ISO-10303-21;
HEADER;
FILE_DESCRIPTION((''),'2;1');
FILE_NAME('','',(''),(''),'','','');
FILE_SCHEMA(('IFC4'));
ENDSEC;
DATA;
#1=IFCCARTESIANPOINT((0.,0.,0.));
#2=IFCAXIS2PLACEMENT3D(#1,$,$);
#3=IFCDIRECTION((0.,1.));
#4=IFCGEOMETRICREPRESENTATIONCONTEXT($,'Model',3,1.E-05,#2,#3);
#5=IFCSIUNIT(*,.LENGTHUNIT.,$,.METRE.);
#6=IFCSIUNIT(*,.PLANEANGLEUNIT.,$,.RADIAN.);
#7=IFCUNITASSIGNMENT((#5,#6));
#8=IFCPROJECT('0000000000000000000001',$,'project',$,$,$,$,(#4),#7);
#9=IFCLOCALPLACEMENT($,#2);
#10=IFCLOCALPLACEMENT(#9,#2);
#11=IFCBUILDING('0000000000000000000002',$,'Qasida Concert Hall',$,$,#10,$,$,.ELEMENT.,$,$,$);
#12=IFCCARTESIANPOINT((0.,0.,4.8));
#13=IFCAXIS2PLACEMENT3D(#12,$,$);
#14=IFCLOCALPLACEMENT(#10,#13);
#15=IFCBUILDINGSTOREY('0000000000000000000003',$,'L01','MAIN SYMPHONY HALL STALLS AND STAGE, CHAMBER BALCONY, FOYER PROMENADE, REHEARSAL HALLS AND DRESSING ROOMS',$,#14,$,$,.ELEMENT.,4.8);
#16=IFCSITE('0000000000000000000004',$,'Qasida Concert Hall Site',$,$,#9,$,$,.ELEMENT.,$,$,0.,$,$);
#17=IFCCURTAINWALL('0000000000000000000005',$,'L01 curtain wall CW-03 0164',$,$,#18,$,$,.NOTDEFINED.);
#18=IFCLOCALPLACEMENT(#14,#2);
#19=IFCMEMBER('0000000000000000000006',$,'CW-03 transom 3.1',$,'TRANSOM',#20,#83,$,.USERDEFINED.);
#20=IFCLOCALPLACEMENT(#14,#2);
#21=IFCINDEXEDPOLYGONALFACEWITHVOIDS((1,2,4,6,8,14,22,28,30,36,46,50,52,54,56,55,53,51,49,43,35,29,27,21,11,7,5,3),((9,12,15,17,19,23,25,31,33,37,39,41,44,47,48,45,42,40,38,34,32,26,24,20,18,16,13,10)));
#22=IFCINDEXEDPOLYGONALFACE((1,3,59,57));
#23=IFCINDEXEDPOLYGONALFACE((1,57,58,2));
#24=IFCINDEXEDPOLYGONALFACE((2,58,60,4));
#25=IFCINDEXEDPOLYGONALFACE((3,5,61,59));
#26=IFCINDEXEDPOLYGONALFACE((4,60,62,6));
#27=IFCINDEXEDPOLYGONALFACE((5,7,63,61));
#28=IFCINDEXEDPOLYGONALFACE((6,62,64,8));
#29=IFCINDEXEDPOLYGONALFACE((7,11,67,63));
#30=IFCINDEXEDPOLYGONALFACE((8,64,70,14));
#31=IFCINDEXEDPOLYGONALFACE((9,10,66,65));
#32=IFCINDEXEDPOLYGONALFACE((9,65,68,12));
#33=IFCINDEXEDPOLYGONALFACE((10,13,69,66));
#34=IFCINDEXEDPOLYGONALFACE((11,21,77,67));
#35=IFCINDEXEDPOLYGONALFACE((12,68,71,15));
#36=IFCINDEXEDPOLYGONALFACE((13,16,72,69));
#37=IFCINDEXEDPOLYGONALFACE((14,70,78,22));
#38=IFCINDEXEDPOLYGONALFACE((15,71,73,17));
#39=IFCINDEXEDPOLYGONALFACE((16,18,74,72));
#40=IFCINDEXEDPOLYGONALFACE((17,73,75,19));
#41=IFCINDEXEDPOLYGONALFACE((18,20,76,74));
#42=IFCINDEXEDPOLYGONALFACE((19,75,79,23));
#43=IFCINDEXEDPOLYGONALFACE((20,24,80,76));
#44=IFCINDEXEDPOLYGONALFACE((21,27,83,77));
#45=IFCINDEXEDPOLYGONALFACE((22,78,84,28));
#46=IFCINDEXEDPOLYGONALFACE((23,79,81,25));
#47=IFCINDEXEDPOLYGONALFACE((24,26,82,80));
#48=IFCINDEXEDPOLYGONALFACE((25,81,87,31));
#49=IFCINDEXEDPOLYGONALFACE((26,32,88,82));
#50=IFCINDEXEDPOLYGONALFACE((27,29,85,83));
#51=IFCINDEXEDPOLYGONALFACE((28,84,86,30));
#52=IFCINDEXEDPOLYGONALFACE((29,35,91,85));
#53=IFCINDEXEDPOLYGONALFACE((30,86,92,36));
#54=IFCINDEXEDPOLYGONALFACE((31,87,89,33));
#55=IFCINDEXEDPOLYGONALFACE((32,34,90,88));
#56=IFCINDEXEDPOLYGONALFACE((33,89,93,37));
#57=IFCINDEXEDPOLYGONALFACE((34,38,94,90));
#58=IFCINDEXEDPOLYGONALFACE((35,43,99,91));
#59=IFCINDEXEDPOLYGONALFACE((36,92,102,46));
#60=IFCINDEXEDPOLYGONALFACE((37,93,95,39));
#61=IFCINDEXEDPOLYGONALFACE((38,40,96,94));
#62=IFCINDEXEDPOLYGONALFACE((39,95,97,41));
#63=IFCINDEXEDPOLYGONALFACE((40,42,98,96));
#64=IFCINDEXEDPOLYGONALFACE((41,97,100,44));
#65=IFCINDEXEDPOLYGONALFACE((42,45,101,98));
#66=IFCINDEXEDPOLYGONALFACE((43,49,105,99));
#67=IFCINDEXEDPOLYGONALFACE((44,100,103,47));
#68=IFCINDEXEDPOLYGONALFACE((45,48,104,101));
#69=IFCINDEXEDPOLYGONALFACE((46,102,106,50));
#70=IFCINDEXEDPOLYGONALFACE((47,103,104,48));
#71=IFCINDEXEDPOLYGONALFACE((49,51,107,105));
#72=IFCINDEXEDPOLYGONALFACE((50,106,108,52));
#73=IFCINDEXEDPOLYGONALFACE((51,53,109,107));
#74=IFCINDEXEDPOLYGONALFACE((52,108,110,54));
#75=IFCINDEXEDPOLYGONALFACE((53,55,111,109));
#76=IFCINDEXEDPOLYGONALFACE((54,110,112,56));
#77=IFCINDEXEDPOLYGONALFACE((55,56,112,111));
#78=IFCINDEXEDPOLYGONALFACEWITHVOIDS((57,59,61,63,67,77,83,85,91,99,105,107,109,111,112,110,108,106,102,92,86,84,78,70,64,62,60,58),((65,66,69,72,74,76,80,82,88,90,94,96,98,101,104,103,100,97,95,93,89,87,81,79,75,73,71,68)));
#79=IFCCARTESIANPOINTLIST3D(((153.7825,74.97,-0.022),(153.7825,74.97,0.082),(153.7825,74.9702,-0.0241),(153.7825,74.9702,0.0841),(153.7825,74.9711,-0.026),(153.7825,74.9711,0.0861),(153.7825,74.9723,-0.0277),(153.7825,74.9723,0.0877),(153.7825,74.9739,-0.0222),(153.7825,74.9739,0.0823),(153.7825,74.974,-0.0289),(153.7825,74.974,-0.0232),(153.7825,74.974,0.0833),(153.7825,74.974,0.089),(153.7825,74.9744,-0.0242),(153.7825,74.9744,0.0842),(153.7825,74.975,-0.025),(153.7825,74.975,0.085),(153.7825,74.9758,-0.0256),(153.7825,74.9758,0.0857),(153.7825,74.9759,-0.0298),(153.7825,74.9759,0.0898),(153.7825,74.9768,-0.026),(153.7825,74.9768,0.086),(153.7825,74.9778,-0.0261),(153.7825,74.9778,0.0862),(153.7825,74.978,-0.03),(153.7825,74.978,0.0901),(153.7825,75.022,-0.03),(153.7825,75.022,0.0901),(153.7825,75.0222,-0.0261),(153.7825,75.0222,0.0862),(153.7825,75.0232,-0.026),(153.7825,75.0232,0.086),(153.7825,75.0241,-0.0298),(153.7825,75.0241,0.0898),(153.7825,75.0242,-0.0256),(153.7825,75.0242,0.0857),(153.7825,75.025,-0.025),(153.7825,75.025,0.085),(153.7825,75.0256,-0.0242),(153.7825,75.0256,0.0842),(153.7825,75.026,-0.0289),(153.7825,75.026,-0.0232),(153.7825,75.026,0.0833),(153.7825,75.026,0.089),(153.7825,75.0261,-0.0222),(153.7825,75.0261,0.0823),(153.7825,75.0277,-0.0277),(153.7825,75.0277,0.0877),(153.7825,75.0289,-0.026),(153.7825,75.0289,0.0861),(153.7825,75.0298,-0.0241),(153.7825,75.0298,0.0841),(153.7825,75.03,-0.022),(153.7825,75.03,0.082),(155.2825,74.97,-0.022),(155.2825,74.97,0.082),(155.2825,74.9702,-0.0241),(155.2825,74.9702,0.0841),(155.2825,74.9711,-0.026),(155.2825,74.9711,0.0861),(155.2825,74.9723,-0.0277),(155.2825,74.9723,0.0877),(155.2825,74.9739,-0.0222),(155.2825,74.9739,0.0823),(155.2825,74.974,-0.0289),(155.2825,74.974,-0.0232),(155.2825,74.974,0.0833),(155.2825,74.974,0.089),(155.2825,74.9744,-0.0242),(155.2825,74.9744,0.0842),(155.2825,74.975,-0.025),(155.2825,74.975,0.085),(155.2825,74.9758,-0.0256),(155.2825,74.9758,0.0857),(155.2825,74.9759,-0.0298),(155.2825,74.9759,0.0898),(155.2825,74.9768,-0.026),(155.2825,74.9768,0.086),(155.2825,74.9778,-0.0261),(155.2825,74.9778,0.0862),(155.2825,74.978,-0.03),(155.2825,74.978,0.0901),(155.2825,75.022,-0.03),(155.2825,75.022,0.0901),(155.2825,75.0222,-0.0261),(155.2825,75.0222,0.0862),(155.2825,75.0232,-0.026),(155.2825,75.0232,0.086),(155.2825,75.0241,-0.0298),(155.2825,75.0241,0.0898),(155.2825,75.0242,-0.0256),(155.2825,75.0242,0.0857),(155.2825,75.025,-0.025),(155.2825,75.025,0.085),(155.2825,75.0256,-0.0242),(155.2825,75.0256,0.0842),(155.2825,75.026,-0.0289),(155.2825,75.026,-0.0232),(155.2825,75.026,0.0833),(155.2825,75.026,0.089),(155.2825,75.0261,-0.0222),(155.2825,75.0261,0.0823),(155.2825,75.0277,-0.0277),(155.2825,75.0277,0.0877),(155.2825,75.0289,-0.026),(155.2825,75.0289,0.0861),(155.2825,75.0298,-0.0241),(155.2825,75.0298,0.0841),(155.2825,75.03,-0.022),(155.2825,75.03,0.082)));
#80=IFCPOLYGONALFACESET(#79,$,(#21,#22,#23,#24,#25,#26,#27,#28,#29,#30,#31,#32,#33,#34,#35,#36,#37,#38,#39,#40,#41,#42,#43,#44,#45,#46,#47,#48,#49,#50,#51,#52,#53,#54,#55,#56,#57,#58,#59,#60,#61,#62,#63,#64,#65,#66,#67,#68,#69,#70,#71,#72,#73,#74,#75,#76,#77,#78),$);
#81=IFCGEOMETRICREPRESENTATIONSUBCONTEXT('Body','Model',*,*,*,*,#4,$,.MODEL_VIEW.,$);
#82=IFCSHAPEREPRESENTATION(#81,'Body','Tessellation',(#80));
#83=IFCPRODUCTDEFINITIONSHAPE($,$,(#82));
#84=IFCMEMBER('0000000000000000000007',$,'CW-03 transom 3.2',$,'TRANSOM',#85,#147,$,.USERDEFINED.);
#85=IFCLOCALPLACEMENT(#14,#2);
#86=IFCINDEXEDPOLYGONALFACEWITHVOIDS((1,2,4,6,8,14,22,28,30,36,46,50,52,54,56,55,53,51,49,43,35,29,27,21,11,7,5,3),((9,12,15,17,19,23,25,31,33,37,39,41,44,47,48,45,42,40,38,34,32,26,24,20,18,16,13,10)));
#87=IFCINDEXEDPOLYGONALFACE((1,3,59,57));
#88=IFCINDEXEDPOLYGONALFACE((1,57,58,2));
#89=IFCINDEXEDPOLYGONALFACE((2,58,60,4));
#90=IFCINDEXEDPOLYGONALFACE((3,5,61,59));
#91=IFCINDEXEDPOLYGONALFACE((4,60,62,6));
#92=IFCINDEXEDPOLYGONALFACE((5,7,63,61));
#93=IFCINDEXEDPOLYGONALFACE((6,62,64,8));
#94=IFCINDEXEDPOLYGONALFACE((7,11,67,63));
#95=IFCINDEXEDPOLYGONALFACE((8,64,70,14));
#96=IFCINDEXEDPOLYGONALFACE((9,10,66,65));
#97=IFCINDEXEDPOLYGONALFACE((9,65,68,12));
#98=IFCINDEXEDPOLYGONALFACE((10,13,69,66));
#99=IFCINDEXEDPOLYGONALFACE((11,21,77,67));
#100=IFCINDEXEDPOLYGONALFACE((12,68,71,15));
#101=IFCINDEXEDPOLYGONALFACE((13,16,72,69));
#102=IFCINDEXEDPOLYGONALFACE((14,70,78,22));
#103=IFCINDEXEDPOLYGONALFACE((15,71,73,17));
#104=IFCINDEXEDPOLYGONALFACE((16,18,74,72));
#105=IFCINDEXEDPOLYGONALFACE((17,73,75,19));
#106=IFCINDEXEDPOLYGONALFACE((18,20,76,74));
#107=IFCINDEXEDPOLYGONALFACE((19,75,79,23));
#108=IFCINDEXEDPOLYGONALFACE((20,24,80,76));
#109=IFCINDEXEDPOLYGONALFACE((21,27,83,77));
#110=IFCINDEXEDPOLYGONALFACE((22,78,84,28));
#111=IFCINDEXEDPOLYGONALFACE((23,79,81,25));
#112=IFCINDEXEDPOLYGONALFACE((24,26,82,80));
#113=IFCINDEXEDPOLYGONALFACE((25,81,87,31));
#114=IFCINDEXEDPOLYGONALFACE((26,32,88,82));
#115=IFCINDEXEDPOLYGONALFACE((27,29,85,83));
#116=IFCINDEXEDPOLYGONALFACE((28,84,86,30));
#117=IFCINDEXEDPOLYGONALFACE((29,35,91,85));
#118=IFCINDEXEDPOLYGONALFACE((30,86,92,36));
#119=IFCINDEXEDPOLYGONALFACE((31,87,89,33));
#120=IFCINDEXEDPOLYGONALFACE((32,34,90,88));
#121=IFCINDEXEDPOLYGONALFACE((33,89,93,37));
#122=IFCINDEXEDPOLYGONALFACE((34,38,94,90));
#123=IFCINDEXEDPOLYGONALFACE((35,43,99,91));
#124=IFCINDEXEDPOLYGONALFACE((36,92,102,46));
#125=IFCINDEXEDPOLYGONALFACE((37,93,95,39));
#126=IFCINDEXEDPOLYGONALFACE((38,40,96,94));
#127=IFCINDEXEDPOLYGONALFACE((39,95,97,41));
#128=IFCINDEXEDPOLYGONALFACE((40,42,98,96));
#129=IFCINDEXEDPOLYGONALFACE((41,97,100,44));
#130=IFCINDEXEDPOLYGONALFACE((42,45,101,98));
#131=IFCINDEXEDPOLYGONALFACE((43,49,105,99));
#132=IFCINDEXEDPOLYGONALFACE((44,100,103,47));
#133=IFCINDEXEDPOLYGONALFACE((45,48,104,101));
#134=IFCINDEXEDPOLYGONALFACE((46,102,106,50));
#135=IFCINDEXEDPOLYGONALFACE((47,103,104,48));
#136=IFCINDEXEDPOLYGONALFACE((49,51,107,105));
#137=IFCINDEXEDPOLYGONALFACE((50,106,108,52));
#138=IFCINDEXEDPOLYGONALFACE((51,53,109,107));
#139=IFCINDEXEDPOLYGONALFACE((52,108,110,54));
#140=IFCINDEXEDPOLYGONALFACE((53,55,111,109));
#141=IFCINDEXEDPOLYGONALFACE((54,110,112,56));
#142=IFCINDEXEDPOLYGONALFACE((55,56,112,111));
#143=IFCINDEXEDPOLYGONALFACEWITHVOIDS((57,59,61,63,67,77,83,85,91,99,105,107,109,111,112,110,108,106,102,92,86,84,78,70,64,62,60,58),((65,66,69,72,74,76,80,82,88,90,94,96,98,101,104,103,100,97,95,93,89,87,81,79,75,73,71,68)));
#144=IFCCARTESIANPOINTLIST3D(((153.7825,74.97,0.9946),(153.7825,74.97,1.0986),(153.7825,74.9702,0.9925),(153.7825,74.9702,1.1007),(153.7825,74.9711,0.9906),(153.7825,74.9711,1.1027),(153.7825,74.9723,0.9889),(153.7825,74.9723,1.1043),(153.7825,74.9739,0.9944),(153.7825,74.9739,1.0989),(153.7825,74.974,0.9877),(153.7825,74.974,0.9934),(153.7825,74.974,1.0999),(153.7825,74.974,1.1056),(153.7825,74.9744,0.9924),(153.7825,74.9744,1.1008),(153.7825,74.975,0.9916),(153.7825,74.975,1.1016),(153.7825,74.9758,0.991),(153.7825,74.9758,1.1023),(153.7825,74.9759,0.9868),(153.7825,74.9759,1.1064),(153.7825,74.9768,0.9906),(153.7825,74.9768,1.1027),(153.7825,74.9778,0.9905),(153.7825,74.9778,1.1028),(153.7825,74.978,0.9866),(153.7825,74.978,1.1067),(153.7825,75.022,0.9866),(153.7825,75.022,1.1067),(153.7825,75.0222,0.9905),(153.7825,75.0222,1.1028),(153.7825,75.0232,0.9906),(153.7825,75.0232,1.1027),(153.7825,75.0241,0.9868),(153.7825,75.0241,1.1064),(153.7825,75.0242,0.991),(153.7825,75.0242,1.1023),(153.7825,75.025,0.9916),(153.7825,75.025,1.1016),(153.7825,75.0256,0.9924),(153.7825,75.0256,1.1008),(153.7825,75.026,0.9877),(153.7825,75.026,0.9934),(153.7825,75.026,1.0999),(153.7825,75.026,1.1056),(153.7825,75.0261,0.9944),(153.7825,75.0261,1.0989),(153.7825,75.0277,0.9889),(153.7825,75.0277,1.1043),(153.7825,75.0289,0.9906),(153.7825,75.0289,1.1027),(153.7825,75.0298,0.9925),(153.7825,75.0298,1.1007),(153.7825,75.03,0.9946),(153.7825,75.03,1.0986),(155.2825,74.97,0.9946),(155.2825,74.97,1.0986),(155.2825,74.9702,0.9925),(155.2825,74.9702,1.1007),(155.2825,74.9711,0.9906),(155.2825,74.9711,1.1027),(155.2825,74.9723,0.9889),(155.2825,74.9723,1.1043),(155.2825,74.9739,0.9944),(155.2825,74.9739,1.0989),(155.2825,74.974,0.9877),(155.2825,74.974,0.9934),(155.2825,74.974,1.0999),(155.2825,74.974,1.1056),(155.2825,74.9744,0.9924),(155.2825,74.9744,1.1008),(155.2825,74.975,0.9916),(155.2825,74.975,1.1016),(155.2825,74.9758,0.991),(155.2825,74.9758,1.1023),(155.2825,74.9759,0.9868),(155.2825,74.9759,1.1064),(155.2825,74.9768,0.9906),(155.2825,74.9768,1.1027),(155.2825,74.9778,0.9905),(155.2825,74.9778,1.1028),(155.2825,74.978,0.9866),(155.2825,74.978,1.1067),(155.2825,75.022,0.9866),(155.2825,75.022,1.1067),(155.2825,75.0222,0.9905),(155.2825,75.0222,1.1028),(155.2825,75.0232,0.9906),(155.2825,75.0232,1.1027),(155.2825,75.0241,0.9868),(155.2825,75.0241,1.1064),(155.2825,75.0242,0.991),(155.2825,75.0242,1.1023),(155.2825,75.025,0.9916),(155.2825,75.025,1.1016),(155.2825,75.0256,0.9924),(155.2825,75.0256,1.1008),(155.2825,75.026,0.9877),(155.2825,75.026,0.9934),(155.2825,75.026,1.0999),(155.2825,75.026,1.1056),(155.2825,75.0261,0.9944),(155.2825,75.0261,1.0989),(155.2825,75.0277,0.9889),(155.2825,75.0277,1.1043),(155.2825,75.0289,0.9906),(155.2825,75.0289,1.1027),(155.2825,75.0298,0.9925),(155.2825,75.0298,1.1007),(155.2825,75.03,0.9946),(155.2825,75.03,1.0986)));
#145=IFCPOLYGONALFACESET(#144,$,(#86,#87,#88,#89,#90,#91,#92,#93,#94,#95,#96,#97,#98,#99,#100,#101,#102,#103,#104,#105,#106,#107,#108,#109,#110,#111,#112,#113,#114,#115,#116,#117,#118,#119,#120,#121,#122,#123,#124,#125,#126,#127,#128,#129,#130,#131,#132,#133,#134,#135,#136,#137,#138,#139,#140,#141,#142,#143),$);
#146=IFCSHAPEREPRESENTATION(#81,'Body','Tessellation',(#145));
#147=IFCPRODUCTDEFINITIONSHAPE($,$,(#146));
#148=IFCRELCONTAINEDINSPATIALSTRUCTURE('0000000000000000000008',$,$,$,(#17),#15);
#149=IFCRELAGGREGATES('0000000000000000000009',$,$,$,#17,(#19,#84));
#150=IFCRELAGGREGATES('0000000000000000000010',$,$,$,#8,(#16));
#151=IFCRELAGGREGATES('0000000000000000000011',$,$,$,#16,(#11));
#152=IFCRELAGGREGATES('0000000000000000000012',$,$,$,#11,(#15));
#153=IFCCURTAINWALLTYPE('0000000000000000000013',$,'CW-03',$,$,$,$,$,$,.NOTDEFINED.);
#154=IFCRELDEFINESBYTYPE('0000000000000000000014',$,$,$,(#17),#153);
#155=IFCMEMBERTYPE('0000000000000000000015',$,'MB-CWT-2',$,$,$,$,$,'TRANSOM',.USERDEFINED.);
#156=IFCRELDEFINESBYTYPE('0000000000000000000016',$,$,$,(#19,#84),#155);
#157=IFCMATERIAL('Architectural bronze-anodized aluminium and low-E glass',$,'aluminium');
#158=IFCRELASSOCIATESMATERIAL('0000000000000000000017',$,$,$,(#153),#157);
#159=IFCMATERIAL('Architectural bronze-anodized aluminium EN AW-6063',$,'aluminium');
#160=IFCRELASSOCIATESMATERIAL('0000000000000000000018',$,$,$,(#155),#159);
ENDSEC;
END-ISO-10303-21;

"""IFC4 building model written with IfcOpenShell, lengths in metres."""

from ifc_helpers import new_model, si_unit, direction, frame, origin, origin_2d, place, context, subcontext, project, spatial, hollow_rectangle, extrude, material, material_profile, profile_set, type_object, element, aggregate, save


model = new_model("IFC4")

# Units and contexts
model_context = context("Model", 3, precision=1e-05, world=origin(), true_north=direction((0.0, 1.0)))
body_context = subcontext(model_context, "Body", "Model", "MODEL_VIEW")
ifc_project = project(units=[si_unit("LENGTHUNIT", "METRE"), si_unit("PLANEANGLEUNIT", "RADIAN")], contexts=[model_context])

# Site, building, storey
site_placement = place(None, origin())
site = spatial("IfcSite", under=ifc_project, at=site_placement, Name="Qasida Concert Hall Site", CompositionType="ELEMENT", RefElevation=0.0)
building_placement = place(site_placement, origin())
building = spatial("IfcBuilding", under=site, at=building_placement, Name="Qasida Concert Hall", CompositionType="ELEMENT")
storey_placement = place(building_placement, frame((0.0, 0.0, 4.8)))
storey = spatial("IfcBuildingStorey", under=building, at=storey_placement, Name="L01", Description="MAIN SYMPHONY HALL STALLS AND STAGE, CHAMBER BALCONY, FOYER PROMENADE, REHEARSAL HALLS AND DRESSING ROOMS", CompositionType="ELEMENT", Elevation=4.8)

# Curtain wall, members
ifc_material_1 = material(Name="Architectural bronze-anodized aluminium and low-E glass", Category="aluminium")
curtain_wall_type = type_object("IfcCurtainWallType", Name="CW-03", PredefinedType="NOTDEFINED", material=ifc_material_1)
curtain_wall_placement = place(storey_placement, origin())
curtain_wall = element("IfcCurtainWall", 1, at=curtain_wall_placement, inside=storey, type_object=curtain_wall_type, Name="L01 curtain wall CW-03 0164", PredefinedType="NOTDEFINED")
ifc_material_2 = material(Name="Architectural bronze-anodized aluminium EN AW-6063", Category="aluminium")
ifc_material_profile_1 = material_profile(ifc_material_2, hollow_rectangle(XDim=0.0601, YDim=0.1201, WallThickness=0.0039, InnerFilletRadius=0.0039, OuterFilletRadius=0.0081, at=origin_2d()), Name="CWT 120x60x4")
ifc_profile_set_1 = profile_set([ifc_material_profile_1], Name="Architectural bronze-anodized aluminium EN AW-6063")
member_type_1 = type_object("IfcMemberType", Name="MB-CWT-2", ElementType="TRANSOM", PredefinedType="USERDEFINED", material=ifc_profile_set_1)
member_1_placement = place(storey_placement, frame((153.7825, 75.0, 0.03), z_axis=(1.0, 0.0, 0.0), x_axis=(0.0, 1.0, 0.0)))
member_1 = element("IfcMember", 2, at=member_1_placement, type_object=member_type_1, Name="CW-03 transom 3.1", ObjectType="TRANSOM", PredefinedType="USERDEFINED", context=body_context, shape_type="SweptSolid", body=[
    extrude(hollow_rectangle(XDim=0.0601, YDim=0.1201, WallThickness=0.0039, InnerFilletRadius=0.0039, OuterFilletRadius=0.0081, at=origin_2d()), origin(), (0.0, 0.0, 1.0), 1.5),
])
member_2_placement = place(storey_placement, frame((153.7825, 75.0, 1.0466), z_axis=(1.0, 0.0, 0.0), x_axis=(0.0, 1.0, 0.0)))
member_2 = element("IfcMember", 3, at=member_2_placement, type_object=member_type_1, Name="CW-03 transom 3.2", ObjectType="TRANSOM", PredefinedType="USERDEFINED", context=body_context, shape_type="SweptSolid", body=[
    extrude(hollow_rectangle(XDim=0.0601, YDim=0.1201, WallThickness=0.0039, InnerFilletRadius=0.0039, OuterFilletRadius=0.0081, at=origin_2d()), origin(), (0.0, 0.0, 1.0), 1.5),
])
aggregate(curtain_wall, [member_1, member_2])

save(model, "model.ifc")
